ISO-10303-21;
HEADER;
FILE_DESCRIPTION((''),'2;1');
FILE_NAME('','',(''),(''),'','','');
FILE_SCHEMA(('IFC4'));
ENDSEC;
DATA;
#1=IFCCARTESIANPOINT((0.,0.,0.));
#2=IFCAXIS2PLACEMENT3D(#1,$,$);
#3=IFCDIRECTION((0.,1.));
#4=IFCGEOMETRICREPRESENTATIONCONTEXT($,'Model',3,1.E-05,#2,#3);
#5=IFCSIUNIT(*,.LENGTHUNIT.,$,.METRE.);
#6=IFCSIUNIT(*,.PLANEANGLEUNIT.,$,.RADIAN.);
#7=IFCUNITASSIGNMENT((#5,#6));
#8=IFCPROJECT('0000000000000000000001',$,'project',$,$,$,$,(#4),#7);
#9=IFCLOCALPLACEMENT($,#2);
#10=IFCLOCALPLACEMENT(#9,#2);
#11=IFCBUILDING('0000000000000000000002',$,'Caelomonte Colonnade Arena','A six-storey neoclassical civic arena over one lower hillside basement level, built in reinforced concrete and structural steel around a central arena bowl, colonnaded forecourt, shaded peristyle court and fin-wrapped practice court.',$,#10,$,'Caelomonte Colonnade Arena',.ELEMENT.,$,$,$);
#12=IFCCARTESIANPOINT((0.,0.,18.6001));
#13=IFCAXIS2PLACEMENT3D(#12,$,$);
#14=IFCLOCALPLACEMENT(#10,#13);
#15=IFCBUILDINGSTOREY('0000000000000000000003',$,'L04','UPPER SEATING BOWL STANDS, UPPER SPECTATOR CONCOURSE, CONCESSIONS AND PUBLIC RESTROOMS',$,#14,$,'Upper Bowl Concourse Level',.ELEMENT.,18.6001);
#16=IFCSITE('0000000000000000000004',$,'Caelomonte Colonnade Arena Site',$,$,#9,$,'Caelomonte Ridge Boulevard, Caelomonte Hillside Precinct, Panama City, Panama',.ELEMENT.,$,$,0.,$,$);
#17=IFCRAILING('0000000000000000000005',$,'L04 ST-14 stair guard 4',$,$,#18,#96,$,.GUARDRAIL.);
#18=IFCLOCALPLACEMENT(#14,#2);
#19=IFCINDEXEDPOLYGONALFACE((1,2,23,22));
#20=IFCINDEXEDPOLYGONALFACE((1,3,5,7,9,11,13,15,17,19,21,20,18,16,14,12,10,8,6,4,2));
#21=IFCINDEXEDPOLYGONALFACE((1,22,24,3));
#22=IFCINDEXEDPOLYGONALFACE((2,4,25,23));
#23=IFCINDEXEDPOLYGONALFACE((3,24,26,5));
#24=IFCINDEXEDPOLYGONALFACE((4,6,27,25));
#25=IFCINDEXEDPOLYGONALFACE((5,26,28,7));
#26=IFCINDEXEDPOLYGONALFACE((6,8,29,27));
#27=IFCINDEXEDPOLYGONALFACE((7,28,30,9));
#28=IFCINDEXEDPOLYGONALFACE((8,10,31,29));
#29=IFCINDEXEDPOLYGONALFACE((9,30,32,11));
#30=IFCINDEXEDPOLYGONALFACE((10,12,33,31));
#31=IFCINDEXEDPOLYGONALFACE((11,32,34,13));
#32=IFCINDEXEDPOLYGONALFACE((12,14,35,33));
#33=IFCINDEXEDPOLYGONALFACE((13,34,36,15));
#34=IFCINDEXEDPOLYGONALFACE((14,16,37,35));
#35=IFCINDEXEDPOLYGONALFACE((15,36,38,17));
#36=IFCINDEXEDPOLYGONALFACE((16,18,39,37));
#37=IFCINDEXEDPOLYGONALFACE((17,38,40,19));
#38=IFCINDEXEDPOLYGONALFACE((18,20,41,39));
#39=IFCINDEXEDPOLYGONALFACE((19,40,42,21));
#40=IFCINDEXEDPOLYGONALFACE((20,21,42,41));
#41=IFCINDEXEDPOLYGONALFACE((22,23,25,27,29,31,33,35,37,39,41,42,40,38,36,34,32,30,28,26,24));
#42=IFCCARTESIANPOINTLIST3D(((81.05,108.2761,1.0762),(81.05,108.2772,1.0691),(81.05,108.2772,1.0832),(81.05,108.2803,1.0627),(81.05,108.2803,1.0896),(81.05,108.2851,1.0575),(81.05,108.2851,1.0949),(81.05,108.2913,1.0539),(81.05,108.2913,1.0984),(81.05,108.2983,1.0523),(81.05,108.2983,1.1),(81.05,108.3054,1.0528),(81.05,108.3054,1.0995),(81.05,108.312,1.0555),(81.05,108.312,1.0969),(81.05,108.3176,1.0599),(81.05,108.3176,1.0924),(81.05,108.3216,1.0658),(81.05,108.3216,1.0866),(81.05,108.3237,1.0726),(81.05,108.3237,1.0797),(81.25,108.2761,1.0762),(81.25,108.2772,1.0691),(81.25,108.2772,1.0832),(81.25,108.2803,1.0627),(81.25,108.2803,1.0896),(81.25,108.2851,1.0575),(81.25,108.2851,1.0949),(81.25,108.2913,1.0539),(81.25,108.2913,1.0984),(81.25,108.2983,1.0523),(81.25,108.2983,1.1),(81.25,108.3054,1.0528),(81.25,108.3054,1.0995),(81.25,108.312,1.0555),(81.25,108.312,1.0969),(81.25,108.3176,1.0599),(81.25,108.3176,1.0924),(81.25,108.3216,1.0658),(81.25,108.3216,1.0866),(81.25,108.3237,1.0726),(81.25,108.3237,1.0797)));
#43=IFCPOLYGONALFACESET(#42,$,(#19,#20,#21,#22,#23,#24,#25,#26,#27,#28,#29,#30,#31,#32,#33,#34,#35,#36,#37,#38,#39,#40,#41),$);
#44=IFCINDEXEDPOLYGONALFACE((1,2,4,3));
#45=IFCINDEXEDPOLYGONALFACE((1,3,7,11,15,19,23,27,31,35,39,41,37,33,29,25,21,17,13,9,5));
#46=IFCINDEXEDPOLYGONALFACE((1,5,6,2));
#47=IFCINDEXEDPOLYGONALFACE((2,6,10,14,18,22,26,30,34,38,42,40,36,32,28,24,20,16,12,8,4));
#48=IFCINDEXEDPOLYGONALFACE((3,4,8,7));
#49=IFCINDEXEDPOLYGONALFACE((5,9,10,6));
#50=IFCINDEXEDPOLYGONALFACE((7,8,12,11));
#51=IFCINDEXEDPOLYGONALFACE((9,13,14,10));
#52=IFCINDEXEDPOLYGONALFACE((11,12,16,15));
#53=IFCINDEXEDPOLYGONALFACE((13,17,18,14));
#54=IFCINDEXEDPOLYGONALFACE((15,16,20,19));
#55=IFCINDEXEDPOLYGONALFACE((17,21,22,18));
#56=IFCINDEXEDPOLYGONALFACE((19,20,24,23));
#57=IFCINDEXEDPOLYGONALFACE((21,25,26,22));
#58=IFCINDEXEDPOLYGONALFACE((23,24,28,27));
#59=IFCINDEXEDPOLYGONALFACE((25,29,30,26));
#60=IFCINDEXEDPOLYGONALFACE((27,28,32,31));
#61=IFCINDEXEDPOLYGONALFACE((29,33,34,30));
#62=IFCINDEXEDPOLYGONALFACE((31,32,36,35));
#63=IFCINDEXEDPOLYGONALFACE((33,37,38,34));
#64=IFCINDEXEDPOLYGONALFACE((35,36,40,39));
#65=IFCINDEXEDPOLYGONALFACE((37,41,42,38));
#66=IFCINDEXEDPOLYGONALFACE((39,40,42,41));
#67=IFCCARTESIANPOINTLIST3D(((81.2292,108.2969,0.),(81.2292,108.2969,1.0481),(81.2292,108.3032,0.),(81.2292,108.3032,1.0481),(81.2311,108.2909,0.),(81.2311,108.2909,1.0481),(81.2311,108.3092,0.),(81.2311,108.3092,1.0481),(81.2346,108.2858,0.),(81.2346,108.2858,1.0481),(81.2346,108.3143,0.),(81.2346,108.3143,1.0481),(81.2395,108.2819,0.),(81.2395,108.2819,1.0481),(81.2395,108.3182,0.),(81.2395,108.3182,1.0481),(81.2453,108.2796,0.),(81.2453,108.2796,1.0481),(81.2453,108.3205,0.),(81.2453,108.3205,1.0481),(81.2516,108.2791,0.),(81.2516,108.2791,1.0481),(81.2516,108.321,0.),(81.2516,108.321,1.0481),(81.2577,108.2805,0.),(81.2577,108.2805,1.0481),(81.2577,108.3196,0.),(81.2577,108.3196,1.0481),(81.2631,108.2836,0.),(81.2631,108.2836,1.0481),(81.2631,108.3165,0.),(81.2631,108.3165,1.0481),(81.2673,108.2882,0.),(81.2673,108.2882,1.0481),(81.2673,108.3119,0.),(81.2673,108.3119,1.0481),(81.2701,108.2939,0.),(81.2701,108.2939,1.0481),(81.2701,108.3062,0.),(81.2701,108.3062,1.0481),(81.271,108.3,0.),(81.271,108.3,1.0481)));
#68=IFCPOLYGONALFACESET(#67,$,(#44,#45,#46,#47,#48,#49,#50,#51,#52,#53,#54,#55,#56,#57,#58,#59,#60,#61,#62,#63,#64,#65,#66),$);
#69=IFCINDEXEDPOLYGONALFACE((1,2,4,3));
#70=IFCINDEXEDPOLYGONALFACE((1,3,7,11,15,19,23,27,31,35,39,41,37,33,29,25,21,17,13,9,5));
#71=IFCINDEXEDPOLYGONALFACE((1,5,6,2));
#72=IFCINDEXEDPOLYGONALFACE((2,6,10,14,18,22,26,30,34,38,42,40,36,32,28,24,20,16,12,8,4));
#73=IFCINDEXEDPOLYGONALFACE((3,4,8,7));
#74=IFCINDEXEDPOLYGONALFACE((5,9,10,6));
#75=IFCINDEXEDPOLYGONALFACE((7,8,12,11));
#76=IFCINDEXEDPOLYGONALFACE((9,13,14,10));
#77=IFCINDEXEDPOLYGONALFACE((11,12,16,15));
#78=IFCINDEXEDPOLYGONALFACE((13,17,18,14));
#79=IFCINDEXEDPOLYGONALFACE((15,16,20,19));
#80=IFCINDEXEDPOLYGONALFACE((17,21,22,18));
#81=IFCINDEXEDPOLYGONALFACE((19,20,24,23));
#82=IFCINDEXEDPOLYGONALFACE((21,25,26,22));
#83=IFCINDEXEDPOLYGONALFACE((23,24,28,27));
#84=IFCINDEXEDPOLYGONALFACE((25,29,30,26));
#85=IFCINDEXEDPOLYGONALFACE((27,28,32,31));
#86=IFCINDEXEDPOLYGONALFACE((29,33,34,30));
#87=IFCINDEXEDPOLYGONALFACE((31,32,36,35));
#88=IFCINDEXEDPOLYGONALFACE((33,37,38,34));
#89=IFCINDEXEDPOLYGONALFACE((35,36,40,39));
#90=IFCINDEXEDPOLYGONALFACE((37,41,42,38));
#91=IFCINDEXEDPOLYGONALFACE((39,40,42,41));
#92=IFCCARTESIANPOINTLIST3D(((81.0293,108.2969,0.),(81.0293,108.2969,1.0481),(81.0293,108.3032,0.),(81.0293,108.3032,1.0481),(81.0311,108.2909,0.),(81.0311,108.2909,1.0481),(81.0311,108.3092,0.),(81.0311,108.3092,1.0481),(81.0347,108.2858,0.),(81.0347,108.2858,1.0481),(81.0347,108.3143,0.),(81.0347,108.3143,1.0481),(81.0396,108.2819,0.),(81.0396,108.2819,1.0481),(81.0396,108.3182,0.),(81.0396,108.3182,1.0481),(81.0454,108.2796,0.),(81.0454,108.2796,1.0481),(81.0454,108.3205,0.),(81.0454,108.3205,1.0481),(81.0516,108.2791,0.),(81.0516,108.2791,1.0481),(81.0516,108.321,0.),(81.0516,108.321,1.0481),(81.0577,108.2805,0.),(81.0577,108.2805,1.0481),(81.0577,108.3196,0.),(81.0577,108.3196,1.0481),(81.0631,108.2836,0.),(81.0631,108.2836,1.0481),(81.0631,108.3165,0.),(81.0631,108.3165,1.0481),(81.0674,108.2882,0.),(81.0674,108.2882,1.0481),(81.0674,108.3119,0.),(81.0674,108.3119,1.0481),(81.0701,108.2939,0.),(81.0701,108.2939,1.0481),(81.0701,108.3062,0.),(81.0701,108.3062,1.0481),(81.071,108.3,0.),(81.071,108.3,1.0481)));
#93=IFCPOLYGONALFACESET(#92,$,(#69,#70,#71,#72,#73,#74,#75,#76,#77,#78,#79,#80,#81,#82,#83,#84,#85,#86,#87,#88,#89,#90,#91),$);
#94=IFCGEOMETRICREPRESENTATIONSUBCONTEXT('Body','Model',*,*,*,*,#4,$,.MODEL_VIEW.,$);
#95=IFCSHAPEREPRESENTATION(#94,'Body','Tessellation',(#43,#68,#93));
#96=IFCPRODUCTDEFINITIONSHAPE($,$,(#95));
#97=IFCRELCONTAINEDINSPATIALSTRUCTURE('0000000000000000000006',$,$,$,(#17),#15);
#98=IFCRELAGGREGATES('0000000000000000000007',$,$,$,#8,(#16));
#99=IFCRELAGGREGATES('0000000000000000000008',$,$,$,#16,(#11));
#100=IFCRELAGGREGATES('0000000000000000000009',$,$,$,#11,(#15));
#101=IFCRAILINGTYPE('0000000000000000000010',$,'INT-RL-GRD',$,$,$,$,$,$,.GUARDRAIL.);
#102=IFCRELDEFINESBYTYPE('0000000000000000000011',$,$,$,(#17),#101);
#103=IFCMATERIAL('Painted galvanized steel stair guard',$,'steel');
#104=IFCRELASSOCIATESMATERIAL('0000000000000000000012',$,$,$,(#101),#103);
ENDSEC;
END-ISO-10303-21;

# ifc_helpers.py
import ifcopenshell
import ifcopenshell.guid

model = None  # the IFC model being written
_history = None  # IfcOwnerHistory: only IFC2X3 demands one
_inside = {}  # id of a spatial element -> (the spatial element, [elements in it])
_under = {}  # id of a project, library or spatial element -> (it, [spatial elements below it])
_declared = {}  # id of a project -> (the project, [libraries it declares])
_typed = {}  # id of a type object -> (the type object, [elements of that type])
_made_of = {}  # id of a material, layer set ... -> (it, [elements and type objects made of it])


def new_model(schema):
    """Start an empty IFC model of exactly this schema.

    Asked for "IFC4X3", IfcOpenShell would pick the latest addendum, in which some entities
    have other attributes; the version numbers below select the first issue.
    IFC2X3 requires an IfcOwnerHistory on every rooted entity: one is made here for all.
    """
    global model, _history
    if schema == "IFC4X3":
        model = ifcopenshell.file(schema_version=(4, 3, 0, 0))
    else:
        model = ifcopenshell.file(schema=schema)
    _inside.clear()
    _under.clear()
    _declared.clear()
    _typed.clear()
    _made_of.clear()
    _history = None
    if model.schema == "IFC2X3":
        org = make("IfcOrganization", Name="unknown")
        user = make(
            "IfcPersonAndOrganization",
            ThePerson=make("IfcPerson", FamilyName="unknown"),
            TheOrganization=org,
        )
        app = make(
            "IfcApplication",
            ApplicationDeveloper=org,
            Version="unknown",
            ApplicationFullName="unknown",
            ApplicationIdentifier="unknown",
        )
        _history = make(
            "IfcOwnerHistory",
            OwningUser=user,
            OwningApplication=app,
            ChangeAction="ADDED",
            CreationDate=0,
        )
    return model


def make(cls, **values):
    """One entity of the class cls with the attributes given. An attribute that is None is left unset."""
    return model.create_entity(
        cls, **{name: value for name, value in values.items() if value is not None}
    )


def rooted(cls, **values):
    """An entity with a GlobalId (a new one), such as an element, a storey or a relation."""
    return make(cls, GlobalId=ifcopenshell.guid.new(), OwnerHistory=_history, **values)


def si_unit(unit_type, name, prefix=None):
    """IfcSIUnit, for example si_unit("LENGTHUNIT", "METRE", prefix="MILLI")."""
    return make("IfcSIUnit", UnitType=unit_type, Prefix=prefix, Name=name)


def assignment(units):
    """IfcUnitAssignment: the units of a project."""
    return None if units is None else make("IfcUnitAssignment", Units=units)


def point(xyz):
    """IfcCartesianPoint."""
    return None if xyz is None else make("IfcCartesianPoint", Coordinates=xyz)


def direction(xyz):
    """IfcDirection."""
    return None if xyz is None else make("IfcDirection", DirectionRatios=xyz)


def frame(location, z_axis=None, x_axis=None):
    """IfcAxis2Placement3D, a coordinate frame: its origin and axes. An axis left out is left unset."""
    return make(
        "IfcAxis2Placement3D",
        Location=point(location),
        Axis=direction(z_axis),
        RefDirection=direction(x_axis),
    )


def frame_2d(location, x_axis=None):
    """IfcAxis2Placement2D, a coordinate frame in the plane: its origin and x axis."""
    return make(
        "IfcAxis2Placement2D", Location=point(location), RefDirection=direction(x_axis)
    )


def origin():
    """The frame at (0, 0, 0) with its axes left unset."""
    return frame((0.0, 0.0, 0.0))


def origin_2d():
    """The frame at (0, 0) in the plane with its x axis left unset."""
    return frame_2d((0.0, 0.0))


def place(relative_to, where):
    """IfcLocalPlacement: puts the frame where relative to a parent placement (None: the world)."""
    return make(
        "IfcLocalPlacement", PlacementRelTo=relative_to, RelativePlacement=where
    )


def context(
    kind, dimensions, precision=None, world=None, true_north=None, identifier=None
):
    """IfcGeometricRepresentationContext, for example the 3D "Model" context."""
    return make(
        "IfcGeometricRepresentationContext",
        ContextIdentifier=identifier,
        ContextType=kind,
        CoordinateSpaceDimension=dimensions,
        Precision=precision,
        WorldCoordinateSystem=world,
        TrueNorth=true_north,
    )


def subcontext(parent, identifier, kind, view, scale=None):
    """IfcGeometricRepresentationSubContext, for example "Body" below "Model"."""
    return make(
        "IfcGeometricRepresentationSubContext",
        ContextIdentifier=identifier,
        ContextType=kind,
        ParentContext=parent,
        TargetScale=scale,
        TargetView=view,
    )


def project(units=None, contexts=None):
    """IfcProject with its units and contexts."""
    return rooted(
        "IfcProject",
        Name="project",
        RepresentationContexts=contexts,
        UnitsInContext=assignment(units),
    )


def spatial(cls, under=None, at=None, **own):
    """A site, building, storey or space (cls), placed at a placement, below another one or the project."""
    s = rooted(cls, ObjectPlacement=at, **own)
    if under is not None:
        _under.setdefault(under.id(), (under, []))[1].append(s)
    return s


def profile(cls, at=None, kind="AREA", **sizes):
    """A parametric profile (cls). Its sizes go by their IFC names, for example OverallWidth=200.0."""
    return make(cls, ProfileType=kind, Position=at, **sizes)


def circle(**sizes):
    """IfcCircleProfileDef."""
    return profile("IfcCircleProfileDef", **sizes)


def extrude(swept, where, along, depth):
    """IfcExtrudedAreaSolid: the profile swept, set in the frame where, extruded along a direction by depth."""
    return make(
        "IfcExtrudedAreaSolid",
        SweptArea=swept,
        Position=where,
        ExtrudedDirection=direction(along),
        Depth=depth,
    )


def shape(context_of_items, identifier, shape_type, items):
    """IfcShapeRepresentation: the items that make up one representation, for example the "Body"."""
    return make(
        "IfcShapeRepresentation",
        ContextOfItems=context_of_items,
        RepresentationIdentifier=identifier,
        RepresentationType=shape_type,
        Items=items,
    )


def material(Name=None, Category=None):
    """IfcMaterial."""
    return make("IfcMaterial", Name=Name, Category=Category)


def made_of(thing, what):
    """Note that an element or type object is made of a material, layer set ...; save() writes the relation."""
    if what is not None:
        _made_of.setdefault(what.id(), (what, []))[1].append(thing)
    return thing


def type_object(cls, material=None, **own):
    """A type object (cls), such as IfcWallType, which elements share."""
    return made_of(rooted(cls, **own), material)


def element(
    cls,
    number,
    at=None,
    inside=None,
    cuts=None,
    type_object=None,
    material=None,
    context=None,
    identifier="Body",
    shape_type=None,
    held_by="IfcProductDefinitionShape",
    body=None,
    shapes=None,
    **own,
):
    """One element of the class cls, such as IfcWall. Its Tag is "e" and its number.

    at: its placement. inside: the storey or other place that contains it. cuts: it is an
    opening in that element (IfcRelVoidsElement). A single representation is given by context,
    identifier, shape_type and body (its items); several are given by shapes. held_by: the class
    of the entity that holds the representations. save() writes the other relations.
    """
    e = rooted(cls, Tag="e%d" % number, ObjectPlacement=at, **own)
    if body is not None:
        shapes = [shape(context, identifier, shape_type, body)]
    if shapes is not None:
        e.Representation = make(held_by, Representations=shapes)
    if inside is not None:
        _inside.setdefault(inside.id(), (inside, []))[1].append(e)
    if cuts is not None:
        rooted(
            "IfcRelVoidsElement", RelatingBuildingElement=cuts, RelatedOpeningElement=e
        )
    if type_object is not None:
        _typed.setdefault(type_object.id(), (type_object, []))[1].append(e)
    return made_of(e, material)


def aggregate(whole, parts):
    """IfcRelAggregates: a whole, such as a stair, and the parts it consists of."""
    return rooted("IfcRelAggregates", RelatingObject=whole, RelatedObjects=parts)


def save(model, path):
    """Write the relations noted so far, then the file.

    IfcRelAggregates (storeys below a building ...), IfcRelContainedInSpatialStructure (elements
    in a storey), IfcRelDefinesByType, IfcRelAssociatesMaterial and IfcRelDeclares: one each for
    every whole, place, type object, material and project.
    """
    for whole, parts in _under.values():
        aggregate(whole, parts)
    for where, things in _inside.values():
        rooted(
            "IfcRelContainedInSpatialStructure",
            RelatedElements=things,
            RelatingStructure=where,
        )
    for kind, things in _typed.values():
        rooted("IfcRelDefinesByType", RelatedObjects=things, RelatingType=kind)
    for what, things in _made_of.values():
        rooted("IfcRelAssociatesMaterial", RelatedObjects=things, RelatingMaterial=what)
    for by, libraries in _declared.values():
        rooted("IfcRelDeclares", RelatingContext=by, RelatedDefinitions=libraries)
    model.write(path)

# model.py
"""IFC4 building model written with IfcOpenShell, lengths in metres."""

from ifc_helpers import new_model, si_unit, direction, frame, origin, origin_2d, place, context, subcontext, project, spatial, circle, extrude, material, type_object, element, save


model = new_model("IFC4")

# Units and contexts
model_context = context("Model", 3, precision=1e-05, world=origin(), true_north=direction((0.0, 1.0)))
body_context = subcontext(model_context, "Body", "Model", "MODEL_VIEW")
ifc_project = project(units=[si_unit("LENGTHUNIT", "METRE"), si_unit("PLANEANGLEUNIT", "RADIAN")], contexts=[model_context])

# Site, building, storey
site_placement = place(None, origin())
site = spatial("IfcSite", under=ifc_project, at=site_placement, Name="Caelomonte Colonnade Arena Site", LongName="Caelomonte Ridge Boulevard, Caelomonte Hillside Precinct, Panama City, Panama", CompositionType="ELEMENT", RefElevation=0.0)
building_placement = place(site_placement, origin())
building = spatial("IfcBuilding", under=site, at=building_placement, Name="Caelomonte Colonnade Arena", Description="A six-storey neoclassical civic arena over one lower hillside basement level, built in reinforced concrete and structural steel around a central arena bowl, colonnaded forecourt, shaded peristyle court and fin-wrapped practice court.", LongName="Caelomonte Colonnade Arena", CompositionType="ELEMENT")
storey_placement = place(building_placement, frame((0.0, 0.0, 18.6001)))
storey = spatial("IfcBuildingStorey", under=building, at=storey_placement, Name="L04", Description="UPPER SEATING BOWL STANDS, UPPER SPECTATOR CONCOURSE, CONCESSIONS AND PUBLIC RESTROOMS", LongName="Upper Bowl Concourse Level", CompositionType="ELEMENT", Elevation=18.6001)

# Railing
ifc_material_1 = material(Name="Painted galvanized steel stair guard", Category="steel")
railing_type_1 = type_object("IfcRailingType", Name="INT-RL-GRD", PredefinedType="GUARDRAIL", material=ifc_material_1)
railing_1_placement = place(storey_placement, frame((81.25, 108.3, 0.0)))
element("IfcRailing", 1, at=railing_1_placement, inside=storey, type_object=railing_type_1, Name="L04 ST-14 stair guard 4", PredefinedType="GUARDRAIL", context=body_context, shape_type="SweptSolid", body=[
    extrude(circle(Radius=0.0239, at=origin_2d()), frame((0.0, 0.0, 1.0762), z_axis=(-1.0, 0.0, 0.0), x_axis=(0.0, -1.0, 0.0)), (0.0, 0.0, 1.0), 0.2),
    extrude(circle(Radius=0.021, at=origin_2d()), origin(), (0.0, 0.0, 1.0), 1.0481),
    extrude(circle(Radius=0.021, at=origin_2d()), frame((-0.2, 0.0, 0.0)), (0.0, 0.0, 1.0), 1.0481),
])

save(model, "model.ifc")
